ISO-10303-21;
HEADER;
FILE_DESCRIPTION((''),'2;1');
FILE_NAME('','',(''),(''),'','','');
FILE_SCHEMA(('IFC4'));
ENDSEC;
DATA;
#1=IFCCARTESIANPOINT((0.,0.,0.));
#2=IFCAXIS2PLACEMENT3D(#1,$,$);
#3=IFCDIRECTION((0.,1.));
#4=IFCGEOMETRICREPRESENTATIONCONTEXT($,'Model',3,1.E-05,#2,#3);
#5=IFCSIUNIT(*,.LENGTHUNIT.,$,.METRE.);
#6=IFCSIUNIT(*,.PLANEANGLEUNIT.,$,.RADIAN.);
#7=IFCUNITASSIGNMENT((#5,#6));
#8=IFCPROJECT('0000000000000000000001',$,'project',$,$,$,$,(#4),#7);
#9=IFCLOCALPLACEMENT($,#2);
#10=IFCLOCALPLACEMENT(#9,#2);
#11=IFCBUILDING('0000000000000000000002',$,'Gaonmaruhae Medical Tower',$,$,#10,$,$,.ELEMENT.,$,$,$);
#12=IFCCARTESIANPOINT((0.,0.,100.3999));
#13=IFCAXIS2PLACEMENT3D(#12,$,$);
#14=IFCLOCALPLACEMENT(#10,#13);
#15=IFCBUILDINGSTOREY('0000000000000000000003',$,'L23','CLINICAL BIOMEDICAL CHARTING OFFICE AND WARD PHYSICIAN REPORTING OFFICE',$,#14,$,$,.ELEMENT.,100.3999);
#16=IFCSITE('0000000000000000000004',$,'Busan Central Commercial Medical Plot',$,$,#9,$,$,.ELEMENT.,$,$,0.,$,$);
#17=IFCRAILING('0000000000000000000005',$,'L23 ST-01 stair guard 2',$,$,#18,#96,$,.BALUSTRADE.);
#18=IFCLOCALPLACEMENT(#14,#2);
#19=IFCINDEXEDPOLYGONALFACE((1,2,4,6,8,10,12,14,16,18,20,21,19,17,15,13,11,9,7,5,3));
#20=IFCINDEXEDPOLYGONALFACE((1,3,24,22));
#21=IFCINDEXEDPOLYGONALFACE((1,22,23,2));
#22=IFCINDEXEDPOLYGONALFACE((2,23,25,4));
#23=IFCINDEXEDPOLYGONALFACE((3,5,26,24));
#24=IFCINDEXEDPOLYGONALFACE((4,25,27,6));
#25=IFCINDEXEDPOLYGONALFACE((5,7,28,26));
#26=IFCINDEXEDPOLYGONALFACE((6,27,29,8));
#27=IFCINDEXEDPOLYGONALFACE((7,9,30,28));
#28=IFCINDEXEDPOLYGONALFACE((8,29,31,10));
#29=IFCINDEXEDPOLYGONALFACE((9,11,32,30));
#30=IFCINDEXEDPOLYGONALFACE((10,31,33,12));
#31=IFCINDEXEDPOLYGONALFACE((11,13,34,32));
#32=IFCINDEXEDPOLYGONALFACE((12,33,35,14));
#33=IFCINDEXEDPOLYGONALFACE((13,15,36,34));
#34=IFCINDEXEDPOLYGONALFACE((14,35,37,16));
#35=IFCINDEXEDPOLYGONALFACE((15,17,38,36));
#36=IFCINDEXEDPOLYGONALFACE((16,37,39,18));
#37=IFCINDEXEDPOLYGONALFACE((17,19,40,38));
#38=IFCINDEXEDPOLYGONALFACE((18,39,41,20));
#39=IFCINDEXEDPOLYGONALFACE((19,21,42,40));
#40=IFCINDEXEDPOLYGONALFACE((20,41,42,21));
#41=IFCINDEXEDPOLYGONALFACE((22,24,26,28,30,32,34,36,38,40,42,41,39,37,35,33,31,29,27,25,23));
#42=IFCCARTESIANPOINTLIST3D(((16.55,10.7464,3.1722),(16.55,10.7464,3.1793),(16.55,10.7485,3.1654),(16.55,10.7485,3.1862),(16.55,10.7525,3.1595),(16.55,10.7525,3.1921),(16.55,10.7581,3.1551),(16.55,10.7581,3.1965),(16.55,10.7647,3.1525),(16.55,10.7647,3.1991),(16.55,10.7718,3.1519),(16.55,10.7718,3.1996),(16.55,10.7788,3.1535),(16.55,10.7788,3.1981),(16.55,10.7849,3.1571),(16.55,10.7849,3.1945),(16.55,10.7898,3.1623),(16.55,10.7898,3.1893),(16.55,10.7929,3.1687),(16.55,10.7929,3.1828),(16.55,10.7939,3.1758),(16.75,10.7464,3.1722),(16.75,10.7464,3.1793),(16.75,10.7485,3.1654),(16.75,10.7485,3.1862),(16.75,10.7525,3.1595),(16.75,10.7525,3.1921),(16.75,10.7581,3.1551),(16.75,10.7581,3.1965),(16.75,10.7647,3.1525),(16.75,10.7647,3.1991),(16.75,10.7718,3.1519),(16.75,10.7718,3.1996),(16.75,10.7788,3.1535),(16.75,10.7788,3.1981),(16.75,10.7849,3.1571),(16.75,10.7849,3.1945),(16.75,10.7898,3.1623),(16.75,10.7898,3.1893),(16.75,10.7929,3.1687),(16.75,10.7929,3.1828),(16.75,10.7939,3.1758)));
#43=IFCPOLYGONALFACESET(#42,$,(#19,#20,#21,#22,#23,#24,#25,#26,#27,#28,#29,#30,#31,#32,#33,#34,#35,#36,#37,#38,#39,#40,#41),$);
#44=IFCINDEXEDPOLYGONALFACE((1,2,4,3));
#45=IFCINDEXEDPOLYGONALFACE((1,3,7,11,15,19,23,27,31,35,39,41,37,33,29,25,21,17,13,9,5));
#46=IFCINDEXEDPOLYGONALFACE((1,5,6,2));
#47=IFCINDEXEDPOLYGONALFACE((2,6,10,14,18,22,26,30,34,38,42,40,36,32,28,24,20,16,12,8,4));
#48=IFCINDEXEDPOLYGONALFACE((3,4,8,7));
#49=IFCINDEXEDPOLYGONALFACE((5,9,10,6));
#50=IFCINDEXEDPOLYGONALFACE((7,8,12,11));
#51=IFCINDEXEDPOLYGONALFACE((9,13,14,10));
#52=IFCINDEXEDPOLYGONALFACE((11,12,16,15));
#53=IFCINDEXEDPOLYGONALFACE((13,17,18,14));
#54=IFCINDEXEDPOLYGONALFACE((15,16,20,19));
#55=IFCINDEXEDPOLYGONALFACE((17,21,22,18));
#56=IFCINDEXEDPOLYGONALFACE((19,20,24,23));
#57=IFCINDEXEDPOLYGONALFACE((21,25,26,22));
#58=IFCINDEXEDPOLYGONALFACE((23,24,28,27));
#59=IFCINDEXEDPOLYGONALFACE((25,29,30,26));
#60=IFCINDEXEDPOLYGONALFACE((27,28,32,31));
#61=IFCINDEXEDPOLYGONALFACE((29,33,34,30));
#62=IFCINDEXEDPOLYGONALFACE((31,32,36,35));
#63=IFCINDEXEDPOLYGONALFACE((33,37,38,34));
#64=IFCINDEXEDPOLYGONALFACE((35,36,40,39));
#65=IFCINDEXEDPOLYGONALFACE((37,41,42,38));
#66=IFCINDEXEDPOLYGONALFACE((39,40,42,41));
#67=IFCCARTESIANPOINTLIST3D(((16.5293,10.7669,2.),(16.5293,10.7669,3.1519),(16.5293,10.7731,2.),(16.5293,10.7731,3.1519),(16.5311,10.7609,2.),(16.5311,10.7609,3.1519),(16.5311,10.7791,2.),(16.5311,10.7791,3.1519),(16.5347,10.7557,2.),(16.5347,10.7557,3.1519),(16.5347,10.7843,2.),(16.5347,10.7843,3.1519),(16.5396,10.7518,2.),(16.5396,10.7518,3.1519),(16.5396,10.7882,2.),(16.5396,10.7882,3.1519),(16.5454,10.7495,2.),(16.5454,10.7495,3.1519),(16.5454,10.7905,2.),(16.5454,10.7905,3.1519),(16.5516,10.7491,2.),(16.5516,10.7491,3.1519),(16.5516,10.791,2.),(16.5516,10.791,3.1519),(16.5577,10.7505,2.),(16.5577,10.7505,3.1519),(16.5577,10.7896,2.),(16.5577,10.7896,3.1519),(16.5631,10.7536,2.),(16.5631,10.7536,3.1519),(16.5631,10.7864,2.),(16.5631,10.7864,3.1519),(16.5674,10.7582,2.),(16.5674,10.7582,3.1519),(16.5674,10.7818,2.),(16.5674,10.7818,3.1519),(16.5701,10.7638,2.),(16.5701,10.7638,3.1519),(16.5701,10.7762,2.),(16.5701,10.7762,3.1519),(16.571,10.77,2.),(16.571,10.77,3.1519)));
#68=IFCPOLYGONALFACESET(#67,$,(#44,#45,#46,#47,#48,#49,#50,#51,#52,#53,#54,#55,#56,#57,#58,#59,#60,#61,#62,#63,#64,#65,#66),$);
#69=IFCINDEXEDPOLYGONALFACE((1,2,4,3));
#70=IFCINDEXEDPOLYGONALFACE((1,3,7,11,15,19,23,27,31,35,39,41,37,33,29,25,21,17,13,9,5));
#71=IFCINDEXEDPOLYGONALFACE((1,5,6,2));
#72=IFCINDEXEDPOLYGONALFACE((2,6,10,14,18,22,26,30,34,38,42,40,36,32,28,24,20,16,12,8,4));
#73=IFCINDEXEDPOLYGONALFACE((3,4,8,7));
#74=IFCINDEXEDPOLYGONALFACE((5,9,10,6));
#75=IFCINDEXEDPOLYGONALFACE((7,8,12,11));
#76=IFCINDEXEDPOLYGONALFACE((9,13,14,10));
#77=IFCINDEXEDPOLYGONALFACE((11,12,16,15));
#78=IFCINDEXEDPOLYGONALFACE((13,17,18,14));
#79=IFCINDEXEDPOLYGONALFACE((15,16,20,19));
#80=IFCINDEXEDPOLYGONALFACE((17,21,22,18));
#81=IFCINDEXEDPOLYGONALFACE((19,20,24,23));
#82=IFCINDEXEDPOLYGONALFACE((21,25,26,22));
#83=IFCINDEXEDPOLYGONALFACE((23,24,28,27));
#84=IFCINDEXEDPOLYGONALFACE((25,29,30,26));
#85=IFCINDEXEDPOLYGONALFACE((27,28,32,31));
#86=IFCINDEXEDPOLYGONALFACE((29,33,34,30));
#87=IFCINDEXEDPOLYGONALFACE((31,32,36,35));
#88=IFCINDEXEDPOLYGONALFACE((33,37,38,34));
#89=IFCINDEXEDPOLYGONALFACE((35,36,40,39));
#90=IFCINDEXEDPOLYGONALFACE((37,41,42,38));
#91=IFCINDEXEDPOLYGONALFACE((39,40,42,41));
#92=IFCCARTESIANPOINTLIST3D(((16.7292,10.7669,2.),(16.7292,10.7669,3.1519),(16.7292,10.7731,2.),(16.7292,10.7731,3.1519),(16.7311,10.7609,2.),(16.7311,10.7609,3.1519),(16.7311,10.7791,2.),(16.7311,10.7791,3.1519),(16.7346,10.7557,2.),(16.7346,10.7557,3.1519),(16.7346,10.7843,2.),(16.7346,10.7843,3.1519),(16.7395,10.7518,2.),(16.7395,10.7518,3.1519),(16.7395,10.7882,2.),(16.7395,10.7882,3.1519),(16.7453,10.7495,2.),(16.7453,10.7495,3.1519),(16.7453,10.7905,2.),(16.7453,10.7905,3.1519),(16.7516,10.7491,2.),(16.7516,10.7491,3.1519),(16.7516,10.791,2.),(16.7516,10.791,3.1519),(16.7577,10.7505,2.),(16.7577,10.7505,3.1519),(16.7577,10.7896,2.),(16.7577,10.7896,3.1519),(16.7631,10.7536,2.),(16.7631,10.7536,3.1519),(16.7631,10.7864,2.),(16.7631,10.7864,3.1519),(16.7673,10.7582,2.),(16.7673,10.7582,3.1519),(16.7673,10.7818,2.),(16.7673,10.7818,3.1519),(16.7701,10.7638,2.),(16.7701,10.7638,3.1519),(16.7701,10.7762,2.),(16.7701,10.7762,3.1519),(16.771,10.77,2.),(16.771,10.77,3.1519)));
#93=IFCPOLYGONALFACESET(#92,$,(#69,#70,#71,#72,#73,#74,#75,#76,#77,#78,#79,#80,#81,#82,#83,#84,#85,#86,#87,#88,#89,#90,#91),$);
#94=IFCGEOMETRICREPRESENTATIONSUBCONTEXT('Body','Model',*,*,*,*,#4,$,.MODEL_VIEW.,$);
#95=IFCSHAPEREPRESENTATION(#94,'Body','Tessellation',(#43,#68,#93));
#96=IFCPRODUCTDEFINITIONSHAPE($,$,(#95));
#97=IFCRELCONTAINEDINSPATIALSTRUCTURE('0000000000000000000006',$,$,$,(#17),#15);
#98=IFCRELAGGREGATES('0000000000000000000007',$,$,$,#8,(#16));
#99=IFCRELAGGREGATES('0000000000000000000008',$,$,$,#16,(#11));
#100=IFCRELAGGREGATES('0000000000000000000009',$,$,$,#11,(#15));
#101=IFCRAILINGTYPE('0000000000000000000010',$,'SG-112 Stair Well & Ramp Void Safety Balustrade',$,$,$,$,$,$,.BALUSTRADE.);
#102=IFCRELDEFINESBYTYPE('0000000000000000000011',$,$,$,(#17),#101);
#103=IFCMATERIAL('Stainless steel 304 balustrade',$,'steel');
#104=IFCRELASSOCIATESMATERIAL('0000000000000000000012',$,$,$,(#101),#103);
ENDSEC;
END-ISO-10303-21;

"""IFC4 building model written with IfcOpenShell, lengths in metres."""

from ifc_helpers import new_model, si_unit, direction, frame, origin, origin_2d, place, context, subcontext, project, spatial, circle, extrude, material, type_object, element, save


model = new_model("IFC4")

# Units and contexts
model_context = context("Model", 3, precision=1e-05, world=origin(), true_north=direction((0.0, 1.0)))
body_context = subcontext(model_context, "Body", "Model", "MODEL_VIEW")
ifc_project = project(units=[si_unit("LENGTHUNIT", "METRE"), si_unit("PLANEANGLEUNIT", "RADIAN")], contexts=[model_context])

# Site, building, storey
site_placement = place(None, origin())
site = spatial("IfcSite", under=ifc_project, at=site_placement, Name="Busan Central Commercial Medical Plot", CompositionType="ELEMENT", RefElevation=0.0)
building_placement = place(site_placement, origin())
building = spatial("IfcBuilding", under=site, at=building_placement, Name="Gaonmaruhae Medical Tower", CompositionType="ELEMENT")
storey_placement = place(building_placement, frame((0.0, 0.0, 100.3999)))
storey = spatial("IfcBuildingStorey", under=building, at=storey_placement, Name="L23", Description="CLINICAL BIOMEDICAL CHARTING OFFICE AND WARD PHYSICIAN REPORTING OFFICE", CompositionType="ELEMENT", Elevation=100.3999)

# Railing
ifc_material_1 = material(Name="Stainless steel 304 balustrade", Category="steel")
railing_type_1 = type_object("IfcRailingType", Name="SG-112 Stair Well & Ramp Void Safety Balustrade", PredefinedType="BALUSTRADE", material=ifc_material_1)
railing_1_placement = place(storey_placement, frame((16.55, 10.77, 2.0)))
element("IfcRailing", 1, at=railing_1_placement, inside=storey, type_object=railing_type_1, Name="L23 ST-01 stair guard 2", PredefinedType="BALUSTRADE", context=body_context, shape_type="SweptSolid", body=[
    extrude(circle(Radius=0.0239, at=origin_2d()), frame((0.0, 0.0, 1.1758), z_axis=(1.0, 0.0, 0.0), x_axis=(0.0, 1.0, 0.0)), (0.0, 0.0, 1.0), 0.2),
    extrude(circle(Radius=0.021, at=origin_2d()), origin(), (0.0, 0.0, 1.0), 1.1519),
    extrude(circle(Radius=0.021, at=origin_2d()), frame((0.2, 0.0, 0.0)), (0.0, 0.0, 1.0), 1.1519),
])

save(model, "model.ifc")
